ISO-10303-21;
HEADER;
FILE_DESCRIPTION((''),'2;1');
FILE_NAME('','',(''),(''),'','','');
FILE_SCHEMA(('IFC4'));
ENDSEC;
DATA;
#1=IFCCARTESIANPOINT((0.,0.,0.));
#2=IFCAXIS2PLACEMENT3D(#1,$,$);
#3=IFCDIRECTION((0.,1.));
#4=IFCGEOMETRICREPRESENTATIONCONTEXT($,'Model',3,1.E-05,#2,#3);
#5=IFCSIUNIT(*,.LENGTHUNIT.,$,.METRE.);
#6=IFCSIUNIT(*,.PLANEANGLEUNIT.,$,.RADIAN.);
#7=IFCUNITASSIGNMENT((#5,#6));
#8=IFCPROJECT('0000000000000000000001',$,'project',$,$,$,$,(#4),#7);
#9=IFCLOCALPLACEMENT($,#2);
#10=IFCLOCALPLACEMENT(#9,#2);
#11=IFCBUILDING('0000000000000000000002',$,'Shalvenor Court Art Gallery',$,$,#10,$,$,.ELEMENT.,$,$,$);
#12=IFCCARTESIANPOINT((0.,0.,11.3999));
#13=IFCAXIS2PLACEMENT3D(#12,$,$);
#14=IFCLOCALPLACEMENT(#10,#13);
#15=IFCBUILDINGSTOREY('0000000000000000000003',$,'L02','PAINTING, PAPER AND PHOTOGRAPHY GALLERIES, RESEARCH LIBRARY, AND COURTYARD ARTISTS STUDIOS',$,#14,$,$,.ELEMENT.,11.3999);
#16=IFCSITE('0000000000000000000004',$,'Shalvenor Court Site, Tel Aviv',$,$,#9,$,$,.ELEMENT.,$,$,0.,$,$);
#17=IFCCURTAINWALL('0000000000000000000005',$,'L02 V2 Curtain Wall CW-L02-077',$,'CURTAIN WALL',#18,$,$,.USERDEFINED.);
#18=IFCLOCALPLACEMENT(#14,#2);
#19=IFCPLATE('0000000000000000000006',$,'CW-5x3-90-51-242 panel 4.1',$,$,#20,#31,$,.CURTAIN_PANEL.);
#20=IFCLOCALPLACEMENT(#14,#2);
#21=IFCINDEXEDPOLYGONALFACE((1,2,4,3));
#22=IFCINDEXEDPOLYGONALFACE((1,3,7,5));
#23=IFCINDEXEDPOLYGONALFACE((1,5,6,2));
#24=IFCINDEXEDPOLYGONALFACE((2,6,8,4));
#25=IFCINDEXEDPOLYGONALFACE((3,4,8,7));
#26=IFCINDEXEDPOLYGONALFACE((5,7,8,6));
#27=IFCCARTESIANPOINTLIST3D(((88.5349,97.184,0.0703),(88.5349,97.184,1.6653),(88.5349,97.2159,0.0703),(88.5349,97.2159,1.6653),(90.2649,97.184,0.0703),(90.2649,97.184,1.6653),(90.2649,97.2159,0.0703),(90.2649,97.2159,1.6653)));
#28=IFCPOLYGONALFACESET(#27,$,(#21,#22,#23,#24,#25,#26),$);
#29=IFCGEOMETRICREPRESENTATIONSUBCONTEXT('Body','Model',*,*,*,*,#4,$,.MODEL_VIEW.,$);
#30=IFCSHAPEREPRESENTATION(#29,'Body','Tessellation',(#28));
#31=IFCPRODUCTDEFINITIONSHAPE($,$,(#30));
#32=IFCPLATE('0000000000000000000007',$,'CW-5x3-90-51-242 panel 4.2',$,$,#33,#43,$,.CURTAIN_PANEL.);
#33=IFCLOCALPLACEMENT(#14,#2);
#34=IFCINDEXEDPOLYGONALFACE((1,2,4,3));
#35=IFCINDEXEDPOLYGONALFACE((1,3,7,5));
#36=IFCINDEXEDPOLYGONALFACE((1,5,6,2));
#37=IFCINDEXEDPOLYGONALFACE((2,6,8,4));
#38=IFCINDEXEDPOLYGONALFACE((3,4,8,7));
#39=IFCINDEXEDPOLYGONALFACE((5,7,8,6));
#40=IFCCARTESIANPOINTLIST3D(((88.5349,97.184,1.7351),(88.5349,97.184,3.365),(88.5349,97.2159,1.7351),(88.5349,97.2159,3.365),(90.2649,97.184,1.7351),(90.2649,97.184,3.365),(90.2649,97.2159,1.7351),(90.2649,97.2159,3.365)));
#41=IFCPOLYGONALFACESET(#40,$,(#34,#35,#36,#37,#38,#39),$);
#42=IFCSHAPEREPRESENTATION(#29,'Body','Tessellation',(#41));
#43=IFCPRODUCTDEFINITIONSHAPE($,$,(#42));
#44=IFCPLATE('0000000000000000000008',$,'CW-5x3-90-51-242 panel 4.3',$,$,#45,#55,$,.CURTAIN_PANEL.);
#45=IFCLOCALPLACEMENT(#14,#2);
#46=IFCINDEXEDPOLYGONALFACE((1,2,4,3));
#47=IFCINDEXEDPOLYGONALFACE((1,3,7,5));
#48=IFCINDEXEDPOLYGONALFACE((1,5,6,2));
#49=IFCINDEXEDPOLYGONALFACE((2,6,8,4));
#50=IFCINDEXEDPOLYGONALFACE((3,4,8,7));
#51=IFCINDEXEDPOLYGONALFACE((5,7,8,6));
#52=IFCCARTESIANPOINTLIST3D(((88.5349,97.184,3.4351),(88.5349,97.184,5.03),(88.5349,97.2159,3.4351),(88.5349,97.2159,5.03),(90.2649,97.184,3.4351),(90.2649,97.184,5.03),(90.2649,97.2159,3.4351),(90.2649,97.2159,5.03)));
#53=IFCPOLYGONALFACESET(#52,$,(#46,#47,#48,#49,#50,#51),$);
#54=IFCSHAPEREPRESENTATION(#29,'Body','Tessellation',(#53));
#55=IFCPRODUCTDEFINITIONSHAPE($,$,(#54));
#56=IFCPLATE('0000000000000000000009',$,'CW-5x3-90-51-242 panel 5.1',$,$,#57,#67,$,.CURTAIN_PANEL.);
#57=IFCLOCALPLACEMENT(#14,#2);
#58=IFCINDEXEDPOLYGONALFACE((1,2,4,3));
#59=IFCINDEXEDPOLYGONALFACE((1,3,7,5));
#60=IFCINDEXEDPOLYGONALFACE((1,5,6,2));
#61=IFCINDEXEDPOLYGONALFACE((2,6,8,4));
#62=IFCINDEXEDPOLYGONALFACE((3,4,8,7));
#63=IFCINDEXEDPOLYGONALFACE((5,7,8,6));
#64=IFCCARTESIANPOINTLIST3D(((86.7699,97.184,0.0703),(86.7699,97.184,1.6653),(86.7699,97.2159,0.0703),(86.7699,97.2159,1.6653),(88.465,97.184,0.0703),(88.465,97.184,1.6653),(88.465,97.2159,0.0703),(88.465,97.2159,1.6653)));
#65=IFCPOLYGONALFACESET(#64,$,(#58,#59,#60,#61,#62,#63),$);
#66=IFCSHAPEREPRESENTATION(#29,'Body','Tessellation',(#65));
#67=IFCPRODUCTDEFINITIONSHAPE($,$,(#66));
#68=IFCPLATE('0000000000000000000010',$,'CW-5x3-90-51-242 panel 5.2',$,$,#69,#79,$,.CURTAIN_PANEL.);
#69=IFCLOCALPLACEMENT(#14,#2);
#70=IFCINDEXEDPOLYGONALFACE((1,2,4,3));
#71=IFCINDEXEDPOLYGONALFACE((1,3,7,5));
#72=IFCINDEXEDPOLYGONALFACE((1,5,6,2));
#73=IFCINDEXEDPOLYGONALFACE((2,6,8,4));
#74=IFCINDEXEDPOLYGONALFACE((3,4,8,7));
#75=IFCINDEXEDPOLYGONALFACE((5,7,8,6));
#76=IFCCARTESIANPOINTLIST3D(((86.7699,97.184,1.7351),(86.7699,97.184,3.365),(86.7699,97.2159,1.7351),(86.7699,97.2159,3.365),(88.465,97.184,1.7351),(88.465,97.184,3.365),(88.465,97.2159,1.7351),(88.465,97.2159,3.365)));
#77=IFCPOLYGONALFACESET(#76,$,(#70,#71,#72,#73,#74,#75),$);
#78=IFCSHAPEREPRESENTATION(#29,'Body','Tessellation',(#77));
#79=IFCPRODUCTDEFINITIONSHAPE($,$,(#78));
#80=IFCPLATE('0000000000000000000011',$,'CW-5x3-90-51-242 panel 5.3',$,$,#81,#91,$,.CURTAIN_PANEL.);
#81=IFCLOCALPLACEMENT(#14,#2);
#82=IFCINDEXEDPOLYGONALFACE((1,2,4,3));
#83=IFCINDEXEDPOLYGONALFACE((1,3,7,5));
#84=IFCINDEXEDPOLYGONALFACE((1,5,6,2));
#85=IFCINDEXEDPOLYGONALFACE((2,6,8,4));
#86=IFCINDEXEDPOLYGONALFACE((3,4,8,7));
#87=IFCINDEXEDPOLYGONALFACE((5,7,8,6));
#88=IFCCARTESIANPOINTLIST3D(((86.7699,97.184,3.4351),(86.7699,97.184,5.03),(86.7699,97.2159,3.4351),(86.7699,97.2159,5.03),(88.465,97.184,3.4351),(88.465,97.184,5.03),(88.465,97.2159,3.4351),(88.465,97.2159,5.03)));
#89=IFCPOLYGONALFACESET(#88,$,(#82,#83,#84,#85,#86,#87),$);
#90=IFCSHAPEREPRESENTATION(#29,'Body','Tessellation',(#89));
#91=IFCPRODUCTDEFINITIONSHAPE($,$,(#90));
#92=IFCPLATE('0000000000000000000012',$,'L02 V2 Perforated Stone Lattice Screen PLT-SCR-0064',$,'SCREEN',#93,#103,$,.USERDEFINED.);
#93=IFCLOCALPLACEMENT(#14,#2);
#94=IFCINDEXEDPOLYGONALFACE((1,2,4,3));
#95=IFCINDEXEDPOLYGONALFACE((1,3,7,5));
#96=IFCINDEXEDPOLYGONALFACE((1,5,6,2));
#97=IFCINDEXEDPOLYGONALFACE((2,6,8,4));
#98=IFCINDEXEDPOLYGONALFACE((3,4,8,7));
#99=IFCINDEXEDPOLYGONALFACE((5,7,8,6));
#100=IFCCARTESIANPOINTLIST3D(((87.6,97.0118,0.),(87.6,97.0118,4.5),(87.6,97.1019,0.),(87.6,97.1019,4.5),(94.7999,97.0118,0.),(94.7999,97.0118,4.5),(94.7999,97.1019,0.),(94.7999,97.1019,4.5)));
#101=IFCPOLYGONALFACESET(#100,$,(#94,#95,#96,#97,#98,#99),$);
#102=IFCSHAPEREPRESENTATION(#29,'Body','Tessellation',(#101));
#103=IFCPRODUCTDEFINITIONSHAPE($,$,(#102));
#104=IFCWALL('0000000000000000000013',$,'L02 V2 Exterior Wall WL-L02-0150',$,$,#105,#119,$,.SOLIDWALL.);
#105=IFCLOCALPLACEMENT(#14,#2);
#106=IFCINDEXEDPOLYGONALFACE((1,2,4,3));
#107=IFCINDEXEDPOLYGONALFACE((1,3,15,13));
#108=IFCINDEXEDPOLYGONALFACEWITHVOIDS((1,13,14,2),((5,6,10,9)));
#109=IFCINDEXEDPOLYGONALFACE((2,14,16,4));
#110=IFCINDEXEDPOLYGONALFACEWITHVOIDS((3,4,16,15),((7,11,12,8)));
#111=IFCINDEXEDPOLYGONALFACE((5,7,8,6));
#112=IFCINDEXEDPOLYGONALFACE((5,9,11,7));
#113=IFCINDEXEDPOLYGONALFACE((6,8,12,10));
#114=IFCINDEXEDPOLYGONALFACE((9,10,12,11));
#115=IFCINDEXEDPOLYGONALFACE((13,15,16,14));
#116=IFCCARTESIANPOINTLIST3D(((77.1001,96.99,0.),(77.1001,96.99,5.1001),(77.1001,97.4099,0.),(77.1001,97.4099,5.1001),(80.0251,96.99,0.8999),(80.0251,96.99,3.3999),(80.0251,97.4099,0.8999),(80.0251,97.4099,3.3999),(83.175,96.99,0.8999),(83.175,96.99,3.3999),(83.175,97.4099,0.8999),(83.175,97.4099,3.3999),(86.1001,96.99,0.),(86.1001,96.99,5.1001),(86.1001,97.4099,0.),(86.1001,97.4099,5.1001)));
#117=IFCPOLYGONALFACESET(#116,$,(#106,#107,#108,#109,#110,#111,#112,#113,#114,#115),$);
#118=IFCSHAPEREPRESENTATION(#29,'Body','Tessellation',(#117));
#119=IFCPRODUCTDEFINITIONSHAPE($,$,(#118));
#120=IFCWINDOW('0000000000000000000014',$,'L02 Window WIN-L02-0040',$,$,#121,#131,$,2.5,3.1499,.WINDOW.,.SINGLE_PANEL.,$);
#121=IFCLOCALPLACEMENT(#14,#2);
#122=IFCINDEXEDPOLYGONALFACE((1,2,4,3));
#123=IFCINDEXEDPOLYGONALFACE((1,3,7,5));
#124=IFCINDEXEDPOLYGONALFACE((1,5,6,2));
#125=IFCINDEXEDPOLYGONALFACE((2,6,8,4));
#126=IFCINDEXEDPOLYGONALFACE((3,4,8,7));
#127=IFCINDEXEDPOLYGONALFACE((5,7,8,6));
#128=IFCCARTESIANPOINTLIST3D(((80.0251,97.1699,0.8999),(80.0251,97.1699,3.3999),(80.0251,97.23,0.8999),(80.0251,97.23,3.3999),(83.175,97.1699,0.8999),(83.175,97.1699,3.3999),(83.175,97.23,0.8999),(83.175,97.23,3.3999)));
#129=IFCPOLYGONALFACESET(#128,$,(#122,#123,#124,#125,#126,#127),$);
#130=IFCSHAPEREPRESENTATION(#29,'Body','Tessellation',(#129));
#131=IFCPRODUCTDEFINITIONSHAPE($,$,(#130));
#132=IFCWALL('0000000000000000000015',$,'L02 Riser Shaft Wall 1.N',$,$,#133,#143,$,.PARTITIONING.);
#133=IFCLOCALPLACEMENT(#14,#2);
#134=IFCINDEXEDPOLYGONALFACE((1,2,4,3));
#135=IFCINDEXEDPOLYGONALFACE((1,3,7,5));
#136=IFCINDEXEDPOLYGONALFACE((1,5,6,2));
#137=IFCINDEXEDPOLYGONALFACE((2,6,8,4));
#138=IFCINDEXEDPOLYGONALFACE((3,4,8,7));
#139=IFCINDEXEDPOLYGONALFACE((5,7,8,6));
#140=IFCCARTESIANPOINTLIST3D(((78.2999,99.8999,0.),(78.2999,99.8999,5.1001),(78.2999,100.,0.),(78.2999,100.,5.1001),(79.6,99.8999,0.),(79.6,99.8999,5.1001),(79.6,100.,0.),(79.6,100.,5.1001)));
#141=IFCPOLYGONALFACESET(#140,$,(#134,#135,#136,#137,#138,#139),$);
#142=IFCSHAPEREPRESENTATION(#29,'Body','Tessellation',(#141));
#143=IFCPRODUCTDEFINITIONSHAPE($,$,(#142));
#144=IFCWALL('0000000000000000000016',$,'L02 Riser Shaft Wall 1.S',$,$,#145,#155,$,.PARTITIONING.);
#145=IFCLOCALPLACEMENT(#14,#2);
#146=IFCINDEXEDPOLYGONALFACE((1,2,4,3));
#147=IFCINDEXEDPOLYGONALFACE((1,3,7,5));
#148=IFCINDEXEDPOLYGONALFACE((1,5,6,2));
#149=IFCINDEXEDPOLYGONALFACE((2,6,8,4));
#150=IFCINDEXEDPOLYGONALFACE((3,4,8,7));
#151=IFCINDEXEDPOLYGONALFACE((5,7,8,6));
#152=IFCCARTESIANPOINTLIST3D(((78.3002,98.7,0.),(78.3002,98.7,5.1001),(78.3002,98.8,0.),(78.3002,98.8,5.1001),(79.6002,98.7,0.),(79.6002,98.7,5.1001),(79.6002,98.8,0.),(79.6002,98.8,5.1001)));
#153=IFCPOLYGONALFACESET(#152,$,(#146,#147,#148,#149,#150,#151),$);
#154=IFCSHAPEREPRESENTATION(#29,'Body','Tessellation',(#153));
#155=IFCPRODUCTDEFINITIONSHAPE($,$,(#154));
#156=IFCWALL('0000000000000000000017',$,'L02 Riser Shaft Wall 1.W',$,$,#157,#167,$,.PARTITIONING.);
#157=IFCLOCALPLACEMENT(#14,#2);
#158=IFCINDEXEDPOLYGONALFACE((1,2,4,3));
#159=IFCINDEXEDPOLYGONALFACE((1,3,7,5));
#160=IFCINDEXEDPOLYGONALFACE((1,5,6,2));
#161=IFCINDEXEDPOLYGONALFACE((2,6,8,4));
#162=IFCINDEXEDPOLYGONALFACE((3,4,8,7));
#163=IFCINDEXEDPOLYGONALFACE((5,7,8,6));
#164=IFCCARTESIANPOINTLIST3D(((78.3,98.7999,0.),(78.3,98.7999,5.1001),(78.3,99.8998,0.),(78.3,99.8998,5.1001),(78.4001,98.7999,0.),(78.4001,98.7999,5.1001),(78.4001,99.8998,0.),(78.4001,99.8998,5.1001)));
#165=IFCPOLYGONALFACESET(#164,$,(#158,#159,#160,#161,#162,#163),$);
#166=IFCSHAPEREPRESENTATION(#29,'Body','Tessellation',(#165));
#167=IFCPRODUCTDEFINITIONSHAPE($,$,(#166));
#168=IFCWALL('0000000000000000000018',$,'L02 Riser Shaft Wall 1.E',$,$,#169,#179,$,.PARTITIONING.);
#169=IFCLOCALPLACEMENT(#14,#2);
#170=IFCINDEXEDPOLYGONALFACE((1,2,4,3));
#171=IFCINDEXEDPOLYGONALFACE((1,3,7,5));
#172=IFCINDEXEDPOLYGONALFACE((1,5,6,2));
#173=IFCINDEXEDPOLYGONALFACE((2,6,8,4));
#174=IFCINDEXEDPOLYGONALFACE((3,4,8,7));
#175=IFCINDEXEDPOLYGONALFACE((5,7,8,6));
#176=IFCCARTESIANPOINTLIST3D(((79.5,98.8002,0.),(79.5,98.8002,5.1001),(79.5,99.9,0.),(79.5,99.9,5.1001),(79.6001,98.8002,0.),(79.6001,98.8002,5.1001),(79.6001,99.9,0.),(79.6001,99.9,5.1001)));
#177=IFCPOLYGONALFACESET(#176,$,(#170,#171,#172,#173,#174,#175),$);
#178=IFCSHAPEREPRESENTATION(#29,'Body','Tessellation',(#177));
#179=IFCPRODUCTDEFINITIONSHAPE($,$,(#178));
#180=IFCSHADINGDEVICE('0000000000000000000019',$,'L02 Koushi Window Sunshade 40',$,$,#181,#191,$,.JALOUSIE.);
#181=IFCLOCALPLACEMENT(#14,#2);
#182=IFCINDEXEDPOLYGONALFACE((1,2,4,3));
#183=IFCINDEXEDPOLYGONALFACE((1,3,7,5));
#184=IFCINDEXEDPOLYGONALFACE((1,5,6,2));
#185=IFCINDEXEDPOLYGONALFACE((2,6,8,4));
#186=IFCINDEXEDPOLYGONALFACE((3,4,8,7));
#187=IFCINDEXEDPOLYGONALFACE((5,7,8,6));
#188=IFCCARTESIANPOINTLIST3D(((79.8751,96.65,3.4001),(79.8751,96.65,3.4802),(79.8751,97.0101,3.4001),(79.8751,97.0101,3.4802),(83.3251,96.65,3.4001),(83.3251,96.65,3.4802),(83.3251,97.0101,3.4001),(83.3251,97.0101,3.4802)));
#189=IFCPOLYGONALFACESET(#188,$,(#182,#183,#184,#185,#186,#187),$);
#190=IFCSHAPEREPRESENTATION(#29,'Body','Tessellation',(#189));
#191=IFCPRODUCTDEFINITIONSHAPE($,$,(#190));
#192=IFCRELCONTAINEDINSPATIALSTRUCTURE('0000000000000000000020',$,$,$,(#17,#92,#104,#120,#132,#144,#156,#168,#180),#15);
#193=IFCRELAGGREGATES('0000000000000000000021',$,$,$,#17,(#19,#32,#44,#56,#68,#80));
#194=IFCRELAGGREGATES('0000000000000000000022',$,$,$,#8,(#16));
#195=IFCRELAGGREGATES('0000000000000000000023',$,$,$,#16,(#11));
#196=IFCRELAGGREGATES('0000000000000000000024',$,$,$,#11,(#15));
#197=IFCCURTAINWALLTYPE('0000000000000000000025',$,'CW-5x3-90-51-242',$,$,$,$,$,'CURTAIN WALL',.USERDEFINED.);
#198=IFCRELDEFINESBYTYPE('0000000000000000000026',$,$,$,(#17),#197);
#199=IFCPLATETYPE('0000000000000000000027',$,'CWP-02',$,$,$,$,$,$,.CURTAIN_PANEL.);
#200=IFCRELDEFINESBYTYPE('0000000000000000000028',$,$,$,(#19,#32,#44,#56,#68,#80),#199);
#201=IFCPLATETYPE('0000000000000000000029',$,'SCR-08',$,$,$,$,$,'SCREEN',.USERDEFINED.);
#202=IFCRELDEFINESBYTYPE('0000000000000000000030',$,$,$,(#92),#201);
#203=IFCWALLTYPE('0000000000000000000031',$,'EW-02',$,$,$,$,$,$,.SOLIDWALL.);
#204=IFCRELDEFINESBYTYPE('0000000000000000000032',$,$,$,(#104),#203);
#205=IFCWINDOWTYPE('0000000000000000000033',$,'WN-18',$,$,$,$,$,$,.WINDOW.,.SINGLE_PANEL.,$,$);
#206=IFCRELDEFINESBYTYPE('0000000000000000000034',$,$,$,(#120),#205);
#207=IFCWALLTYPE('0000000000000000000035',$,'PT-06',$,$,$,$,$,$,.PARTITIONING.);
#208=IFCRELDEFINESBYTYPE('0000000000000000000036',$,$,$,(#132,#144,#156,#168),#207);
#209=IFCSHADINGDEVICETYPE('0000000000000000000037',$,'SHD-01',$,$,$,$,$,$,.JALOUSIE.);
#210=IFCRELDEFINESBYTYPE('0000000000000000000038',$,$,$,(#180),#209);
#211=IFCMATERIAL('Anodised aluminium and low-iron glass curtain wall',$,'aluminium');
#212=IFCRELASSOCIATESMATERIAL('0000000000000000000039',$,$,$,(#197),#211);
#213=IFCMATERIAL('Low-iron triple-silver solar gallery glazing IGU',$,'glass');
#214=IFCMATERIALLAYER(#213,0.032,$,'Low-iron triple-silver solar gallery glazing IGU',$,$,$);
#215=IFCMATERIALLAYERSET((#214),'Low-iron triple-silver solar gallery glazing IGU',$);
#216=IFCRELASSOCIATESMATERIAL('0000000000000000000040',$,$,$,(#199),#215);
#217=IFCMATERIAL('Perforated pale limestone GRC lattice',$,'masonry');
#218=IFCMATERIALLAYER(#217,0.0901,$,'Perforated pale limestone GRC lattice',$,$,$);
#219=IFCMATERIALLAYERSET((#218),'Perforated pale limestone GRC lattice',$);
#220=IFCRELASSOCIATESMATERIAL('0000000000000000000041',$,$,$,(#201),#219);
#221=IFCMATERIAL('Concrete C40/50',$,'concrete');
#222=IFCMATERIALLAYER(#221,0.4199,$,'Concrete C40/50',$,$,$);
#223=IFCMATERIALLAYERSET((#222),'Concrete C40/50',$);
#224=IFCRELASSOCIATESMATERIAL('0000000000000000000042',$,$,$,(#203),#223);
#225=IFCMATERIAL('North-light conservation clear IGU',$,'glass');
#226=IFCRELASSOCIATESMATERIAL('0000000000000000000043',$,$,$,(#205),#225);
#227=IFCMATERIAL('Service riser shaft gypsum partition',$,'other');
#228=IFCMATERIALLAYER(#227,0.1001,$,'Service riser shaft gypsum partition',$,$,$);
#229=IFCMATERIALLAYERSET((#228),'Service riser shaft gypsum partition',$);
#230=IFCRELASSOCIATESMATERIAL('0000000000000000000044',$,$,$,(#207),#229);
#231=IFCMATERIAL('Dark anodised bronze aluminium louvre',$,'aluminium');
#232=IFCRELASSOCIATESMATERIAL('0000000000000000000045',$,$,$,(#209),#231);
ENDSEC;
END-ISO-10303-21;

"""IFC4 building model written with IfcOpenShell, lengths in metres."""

from ifc_helpers import new_model, si_unit, direction, frame, frame_2d, origin, origin_2d, place, context, subcontext, project, spatial, rectangle, extrude, material, layer, layer_set, type_object, element, fill, aggregate, save


model = new_model("IFC4")

# Units and contexts
model_context = context("Model", 3, precision=1e-05, world=origin(), true_north=direction((0.0, 1.0)))
body_context = subcontext(model_context, "Body", "Model", "MODEL_VIEW")
ifc_project = project(units=[si_unit("LENGTHUNIT", "METRE"), si_unit("PLANEANGLEUNIT", "RADIAN")], contexts=[model_context])

# Site, building, storey
site_placement = place(None, origin())
site = spatial("IfcSite", under=ifc_project, at=site_placement, Name="Shalvenor Court Site, Tel Aviv", CompositionType="ELEMENT", RefElevation=0.0)
building_placement = place(site_placement, origin())
building = spatial("IfcBuilding", under=site, at=building_placement, Name="Shalvenor Court Art Gallery", CompositionType="ELEMENT")
storey_placement = place(building_placement, frame((0.0, 0.0, 11.3999)))
storey = spatial("IfcBuildingStorey", under=building, at=storey_placement, Name="L02", Description="PAINTING, PAPER AND PHOTOGRAPHY GALLERIES, RESEARCH LIBRARY, AND COURTYARD ARTISTS STUDIOS", CompositionType="ELEMENT", Elevation=11.3999)

# Curtain wall
ifc_material_1 = material(Name="Anodised aluminium and low-iron glass curtain wall", Category="aluminium")
curtain_wall_type = type_object("IfcCurtainWallType", Name="CW-5x3-90-51-242", ElementType="CURTAIN WALL", PredefinedType="USERDEFINED", material=ifc_material_1)
curtain_wall_placement = place(storey_placement, origin())
curtain_wall = element("IfcCurtainWall", 1, at=curtain_wall_placement, inside=storey, type_object=curtain_wall_type, Name="L02 V2 Curtain Wall CW-L02-077", ObjectType="CURTAIN WALL", PredefinedType="USERDEFINED")

# Plates
ifc_material_2 = material(Name="Low-iron triple-silver solar gallery glazing IGU", Category="glass")
ifc_layer_1 = layer(ifc_material_2, 0.032, Name="Low-iron triple-silver solar gallery glazing IGU")
ifc_layer_set_1 = layer_set([ifc_layer_1], Name="Low-iron triple-silver solar gallery glazing IGU")
plate_type_1 = type_object("IfcPlateType", Name="CWP-02", PredefinedType="CURTAIN_PANEL", material=ifc_layer_set_1)
plate_1_placement = place(storey_placement, frame((89.3999, 97.2, 0.0703), z_axis=(0.0, 0.0, 1.0), x_axis=(-1.0, 0.0, 0.0)))
plate_1 = element("IfcPlate", 2, at=plate_1_placement, type_object=plate_type_1, Name="CW-5x3-90-51-242 panel 4.1", PredefinedType="CURTAIN_PANEL", context=body_context, shape_type="SweptSolid", body=[
    extrude(rectangle(XDim=1.73, YDim=0.032, at=origin_2d()), origin(), (0.0, 0.0, 1.0), 1.595),
])
plate_2_placement = place(storey_placement, frame((89.3999, 97.2, 1.7351), z_axis=(0.0, 0.0, 1.0), x_axis=(-1.0, 0.0, 0.0)))
plate_2 = element("IfcPlate", 3, at=plate_2_placement, type_object=plate_type_1, Name="CW-5x3-90-51-242 panel 4.2", PredefinedType="CURTAIN_PANEL", context=body_context, shape_type="SweptSolid", body=[
    extrude(rectangle(XDim=1.73, YDim=0.032, at=origin_2d()), origin(), (0.0, 0.0, 1.0), 1.6299),
])
plate_3_placement = place(storey_placement, frame((89.3999, 97.2, 3.4351), z_axis=(0.0, 0.0, 1.0), x_axis=(-1.0, 0.0, 0.0)))
plate_3 = element("IfcPlate", 4, at=plate_3_placement, type_object=plate_type_1, Name="CW-5x3-90-51-242 panel 4.3", PredefinedType="CURTAIN_PANEL", context=body_context, shape_type="SweptSolid", body=[
    extrude(rectangle(XDim=1.73, YDim=0.032, at=origin_2d()), origin(), (0.0, 0.0, 1.0), 1.595),
])
plate_4_placement = place(storey_placement, frame((87.6174, 97.2, 0.0703), z_axis=(0.0, 0.0, 1.0), x_axis=(-1.0, 0.0, 0.0)))
plate_4 = element("IfcPlate", 5, at=plate_4_placement, type_object=plate_type_1, Name="CW-5x3-90-51-242 panel 5.1", PredefinedType="CURTAIN_PANEL", context=body_context, shape_type="SweptSolid", body=[
    extrude(rectangle(XDim=1.6951, YDim=0.032, at=origin_2d()), origin(), (0.0, 0.0, 1.0), 1.595),
])
plate_5_placement = place(storey_placement, frame((87.6174, 97.2, 1.7351), z_axis=(0.0, 0.0, 1.0), x_axis=(-1.0, 0.0, 0.0)))
plate_5 = element("IfcPlate", 6, at=plate_5_placement, type_object=plate_type_1, Name="CW-5x3-90-51-242 panel 5.2", PredefinedType="CURTAIN_PANEL", context=body_context, shape_type="SweptSolid", body=[
    extrude(rectangle(XDim=1.6951, YDim=0.032, at=origin_2d()), origin(), (0.0, 0.0, 1.0), 1.6299),
])
plate_6_placement = place(storey_placement, frame((87.6174, 97.2, 3.4351), z_axis=(0.0, 0.0, 1.0), x_axis=(-1.0, 0.0, 0.0)))
plate_6 = element("IfcPlate", 7, at=plate_6_placement, type_object=plate_type_1, Name="CW-5x3-90-51-242 panel 5.3", PredefinedType="CURTAIN_PANEL", context=body_context, shape_type="SweptSolid", body=[
    extrude(rectangle(XDim=1.6951, YDim=0.032, at=origin_2d()), origin(), (0.0, 0.0, 1.0), 1.595),
])
aggregate(curtain_wall, [plate_1, plate_2, plate_3, plate_4, plate_5, plate_6])
ifc_material_3 = material(Name="Perforated pale limestone GRC lattice", Category="masonry")
ifc_layer_2 = layer(ifc_material_3, 0.0901, Name="Perforated pale limestone GRC lattice")
ifc_layer_set_2 = layer_set([ifc_layer_2], Name="Perforated pale limestone GRC lattice")
plate_type_2 = type_object("IfcPlateType", Name="SCR-08", ElementType="SCREEN", PredefinedType="USERDEFINED", material=ifc_layer_set_2)
plate_7_placement = place(storey_placement, frame((91.2, 97.0569, 0.0), z_axis=(0.0, 0.0, 1.0), x_axis=(-1.0, 0.0, 0.0)))
element("IfcPlate", 8, at=plate_7_placement, inside=storey, type_object=plate_type_2, Name="L02 V2 Perforated Stone Lattice Screen PLT-SCR-0064", ObjectType="SCREEN", PredefinedType="USERDEFINED", context=body_context, shape_type="SweptSolid", body=[
    extrude(rectangle(XDim=7.2, YDim=0.0901, at=origin_2d()), origin(), (0.0, 0.0, 1.0), 4.5),
])

# Wall, opening, window
ifc_material_4 = material(Name="Concrete C40/50", Category="concrete")
ifc_layer_3 = layer(ifc_material_4, 0.4199, Name="Concrete C40/50")
ifc_layer_set_3 = layer_set([ifc_layer_3], Name="Concrete C40/50")
wall_type_1 = type_object("IfcWallType", Name="EW-02", PredefinedType="SOLIDWALL", material=ifc_layer_set_3)
wall_placement = place(storey_placement, frame((86.1001, 97.2, 0.0), z_axis=(0.0, 0.0, 1.0), x_axis=(-1.0, 0.0, 0.0)))
wall = element("IfcWall", 9, at=wall_placement, inside=storey, type_object=wall_type_1, Name="L02 V2 Exterior Wall WL-L02-0150", PredefinedType="SOLIDWALL", context=body_context, shape_type="SweptSolid", body=[
    extrude(rectangle(XDim=9.0, YDim=0.4199, at=frame_2d((4.5, 0.0))), origin(), (0.0, 0.0, 1.0), 5.1001),
])
opening_placement = place(wall_placement, frame((2.925, 0.0, 0.8999)))
opening = element("IfcOpeningElement", 10, at=opening_placement, cuts=wall, PredefinedType="OPENING", context=body_context, shape_type="SweptSolid", body=[
    extrude(rectangle(XDim=3.1499, YDim=2.5, at=frame_2d((1.575, 1.25))), frame((0.0, 0.22, 0.0), z_axis=(0.0, -1.0, 0.0), x_axis=(1.0, 0.0, 0.0)), (0.0, 0.0, 1.0), 0.4399),
])
ifc_material_5 = material(Name="North-light conservation clear IGU", Category="glass")
window_type = type_object("IfcWindowType", Name="WN-18", PartitioningType="SINGLE_PANEL", PredefinedType="WINDOW", material=ifc_material_5)
window_placement = place(opening_placement, origin())
window = element("IfcWindow", 11, at=window_placement, inside=storey, type_object=window_type, Name="L02 Window WIN-L02-0040", OverallHeight=2.5, OverallWidth=3.1499, PartitioningType="SINGLE_PANEL", PredefinedType="WINDOW", context=body_context, shape_type="SweptSolid", body=[
    extrude(rectangle(XDim=3.1499, YDim=2.5, at=frame_2d((1.575, 1.25))), frame((0.0, 0.03, 0.0), z_axis=(0.0, -1.0, 0.0), x_axis=(1.0, 0.0, 0.0)), (0.0, 0.0, 1.0), 0.0601),
])
fill(opening, window)

# Walls
ifc_material_6 = material(Name="Service riser shaft gypsum partition", Category="other")
ifc_layer_4 = layer(ifc_material_6, 0.1001, Name="Service riser shaft gypsum partition")
ifc_layer_set_4 = layer_set([ifc_layer_4], Name="Service riser shaft gypsum partition")
wall_type_2 = type_object("IfcWallType", Name="PT-06", PredefinedType="PARTITIONING", material=ifc_layer_set_4)
for number, where, z_axis, x_axis, name in (
    (12, (78.3, 99.95, 0.0), (0.0, 0.0, 1.0), (1.0, 0.0, 0.0), "L02 Riser Shaft Wall 1.N"),
    (13, (79.6001, 98.75, 0.0), (0.0, 0.0, 1.0), (-1.0, 0.0, 0.0), "L02 Riser Shaft Wall 1.S"),
):
    element("IfcWall", number, at=place(storey_placement, frame(where, z_axis=z_axis, x_axis=x_axis)), inside=storey, type_object=wall_type_2, Name=name, PredefinedType="PARTITIONING", context=body_context, shape_type="SweptSolid", body=[
        extrude(rectangle(XDim=1.3, YDim=0.1001, at=frame_2d((0.6499, 0.0))), origin(), (0.0, 0.0, 1.0), 5.1001),
    ])
for number, where, z_axis, x_axis, name in (
    (14, (78.3501, 98.8, 0.0), (0.0, 0.0, 1.0), (0.0, 1.0, 0.0), "L02 Riser Shaft Wall 1.W"),
    (15, (79.55, 99.8999, 0.0), (0.0, 0.0, 1.0), (0.0, -1.0, 0.0), "L02 Riser Shaft Wall 1.E"),
):
    element("IfcWall", number, at=place(storey_placement, frame(where, z_axis=z_axis, x_axis=x_axis)), inside=storey, type_object=wall_type_2, Name=name, PredefinedType="PARTITIONING", context=body_context, shape_type="SweptSolid", body=[
        extrude(rectangle(XDim=1.0999, YDim=0.1001, at=frame_2d((0.5498, 0.0))), origin(), (0.0, 0.0, 1.0), 5.1001),
    ])

# Shading device
ifc_material_7 = material(Name="Dark anodised bronze aluminium louvre", Category="aluminium")
shading_device_type = type_object("IfcShadingDeviceType", Name="SHD-01", PredefinedType="JALOUSIE", material=ifc_material_7)
shading_device_placement = place(storey_placement, frame((81.6001, 96.8301, 3.4001), z_axis=(0.0, 0.0, 1.0), x_axis=(-1.0, 0.0, 0.0)))
element("IfcShadingDevice", 16, at=shading_device_placement, inside=storey, type_object=shading_device_type, Name="L02 Koushi Window Sunshade 40", PredefinedType="JALOUSIE", context=body_context, shape_type="SweptSolid", body=[
    extrude(rectangle(XDim=3.45, YDim=0.3601, at=origin_2d()), origin(), (0.0, 0.0, 1.0), 0.0801),
])

save(model, "model.ifc")
